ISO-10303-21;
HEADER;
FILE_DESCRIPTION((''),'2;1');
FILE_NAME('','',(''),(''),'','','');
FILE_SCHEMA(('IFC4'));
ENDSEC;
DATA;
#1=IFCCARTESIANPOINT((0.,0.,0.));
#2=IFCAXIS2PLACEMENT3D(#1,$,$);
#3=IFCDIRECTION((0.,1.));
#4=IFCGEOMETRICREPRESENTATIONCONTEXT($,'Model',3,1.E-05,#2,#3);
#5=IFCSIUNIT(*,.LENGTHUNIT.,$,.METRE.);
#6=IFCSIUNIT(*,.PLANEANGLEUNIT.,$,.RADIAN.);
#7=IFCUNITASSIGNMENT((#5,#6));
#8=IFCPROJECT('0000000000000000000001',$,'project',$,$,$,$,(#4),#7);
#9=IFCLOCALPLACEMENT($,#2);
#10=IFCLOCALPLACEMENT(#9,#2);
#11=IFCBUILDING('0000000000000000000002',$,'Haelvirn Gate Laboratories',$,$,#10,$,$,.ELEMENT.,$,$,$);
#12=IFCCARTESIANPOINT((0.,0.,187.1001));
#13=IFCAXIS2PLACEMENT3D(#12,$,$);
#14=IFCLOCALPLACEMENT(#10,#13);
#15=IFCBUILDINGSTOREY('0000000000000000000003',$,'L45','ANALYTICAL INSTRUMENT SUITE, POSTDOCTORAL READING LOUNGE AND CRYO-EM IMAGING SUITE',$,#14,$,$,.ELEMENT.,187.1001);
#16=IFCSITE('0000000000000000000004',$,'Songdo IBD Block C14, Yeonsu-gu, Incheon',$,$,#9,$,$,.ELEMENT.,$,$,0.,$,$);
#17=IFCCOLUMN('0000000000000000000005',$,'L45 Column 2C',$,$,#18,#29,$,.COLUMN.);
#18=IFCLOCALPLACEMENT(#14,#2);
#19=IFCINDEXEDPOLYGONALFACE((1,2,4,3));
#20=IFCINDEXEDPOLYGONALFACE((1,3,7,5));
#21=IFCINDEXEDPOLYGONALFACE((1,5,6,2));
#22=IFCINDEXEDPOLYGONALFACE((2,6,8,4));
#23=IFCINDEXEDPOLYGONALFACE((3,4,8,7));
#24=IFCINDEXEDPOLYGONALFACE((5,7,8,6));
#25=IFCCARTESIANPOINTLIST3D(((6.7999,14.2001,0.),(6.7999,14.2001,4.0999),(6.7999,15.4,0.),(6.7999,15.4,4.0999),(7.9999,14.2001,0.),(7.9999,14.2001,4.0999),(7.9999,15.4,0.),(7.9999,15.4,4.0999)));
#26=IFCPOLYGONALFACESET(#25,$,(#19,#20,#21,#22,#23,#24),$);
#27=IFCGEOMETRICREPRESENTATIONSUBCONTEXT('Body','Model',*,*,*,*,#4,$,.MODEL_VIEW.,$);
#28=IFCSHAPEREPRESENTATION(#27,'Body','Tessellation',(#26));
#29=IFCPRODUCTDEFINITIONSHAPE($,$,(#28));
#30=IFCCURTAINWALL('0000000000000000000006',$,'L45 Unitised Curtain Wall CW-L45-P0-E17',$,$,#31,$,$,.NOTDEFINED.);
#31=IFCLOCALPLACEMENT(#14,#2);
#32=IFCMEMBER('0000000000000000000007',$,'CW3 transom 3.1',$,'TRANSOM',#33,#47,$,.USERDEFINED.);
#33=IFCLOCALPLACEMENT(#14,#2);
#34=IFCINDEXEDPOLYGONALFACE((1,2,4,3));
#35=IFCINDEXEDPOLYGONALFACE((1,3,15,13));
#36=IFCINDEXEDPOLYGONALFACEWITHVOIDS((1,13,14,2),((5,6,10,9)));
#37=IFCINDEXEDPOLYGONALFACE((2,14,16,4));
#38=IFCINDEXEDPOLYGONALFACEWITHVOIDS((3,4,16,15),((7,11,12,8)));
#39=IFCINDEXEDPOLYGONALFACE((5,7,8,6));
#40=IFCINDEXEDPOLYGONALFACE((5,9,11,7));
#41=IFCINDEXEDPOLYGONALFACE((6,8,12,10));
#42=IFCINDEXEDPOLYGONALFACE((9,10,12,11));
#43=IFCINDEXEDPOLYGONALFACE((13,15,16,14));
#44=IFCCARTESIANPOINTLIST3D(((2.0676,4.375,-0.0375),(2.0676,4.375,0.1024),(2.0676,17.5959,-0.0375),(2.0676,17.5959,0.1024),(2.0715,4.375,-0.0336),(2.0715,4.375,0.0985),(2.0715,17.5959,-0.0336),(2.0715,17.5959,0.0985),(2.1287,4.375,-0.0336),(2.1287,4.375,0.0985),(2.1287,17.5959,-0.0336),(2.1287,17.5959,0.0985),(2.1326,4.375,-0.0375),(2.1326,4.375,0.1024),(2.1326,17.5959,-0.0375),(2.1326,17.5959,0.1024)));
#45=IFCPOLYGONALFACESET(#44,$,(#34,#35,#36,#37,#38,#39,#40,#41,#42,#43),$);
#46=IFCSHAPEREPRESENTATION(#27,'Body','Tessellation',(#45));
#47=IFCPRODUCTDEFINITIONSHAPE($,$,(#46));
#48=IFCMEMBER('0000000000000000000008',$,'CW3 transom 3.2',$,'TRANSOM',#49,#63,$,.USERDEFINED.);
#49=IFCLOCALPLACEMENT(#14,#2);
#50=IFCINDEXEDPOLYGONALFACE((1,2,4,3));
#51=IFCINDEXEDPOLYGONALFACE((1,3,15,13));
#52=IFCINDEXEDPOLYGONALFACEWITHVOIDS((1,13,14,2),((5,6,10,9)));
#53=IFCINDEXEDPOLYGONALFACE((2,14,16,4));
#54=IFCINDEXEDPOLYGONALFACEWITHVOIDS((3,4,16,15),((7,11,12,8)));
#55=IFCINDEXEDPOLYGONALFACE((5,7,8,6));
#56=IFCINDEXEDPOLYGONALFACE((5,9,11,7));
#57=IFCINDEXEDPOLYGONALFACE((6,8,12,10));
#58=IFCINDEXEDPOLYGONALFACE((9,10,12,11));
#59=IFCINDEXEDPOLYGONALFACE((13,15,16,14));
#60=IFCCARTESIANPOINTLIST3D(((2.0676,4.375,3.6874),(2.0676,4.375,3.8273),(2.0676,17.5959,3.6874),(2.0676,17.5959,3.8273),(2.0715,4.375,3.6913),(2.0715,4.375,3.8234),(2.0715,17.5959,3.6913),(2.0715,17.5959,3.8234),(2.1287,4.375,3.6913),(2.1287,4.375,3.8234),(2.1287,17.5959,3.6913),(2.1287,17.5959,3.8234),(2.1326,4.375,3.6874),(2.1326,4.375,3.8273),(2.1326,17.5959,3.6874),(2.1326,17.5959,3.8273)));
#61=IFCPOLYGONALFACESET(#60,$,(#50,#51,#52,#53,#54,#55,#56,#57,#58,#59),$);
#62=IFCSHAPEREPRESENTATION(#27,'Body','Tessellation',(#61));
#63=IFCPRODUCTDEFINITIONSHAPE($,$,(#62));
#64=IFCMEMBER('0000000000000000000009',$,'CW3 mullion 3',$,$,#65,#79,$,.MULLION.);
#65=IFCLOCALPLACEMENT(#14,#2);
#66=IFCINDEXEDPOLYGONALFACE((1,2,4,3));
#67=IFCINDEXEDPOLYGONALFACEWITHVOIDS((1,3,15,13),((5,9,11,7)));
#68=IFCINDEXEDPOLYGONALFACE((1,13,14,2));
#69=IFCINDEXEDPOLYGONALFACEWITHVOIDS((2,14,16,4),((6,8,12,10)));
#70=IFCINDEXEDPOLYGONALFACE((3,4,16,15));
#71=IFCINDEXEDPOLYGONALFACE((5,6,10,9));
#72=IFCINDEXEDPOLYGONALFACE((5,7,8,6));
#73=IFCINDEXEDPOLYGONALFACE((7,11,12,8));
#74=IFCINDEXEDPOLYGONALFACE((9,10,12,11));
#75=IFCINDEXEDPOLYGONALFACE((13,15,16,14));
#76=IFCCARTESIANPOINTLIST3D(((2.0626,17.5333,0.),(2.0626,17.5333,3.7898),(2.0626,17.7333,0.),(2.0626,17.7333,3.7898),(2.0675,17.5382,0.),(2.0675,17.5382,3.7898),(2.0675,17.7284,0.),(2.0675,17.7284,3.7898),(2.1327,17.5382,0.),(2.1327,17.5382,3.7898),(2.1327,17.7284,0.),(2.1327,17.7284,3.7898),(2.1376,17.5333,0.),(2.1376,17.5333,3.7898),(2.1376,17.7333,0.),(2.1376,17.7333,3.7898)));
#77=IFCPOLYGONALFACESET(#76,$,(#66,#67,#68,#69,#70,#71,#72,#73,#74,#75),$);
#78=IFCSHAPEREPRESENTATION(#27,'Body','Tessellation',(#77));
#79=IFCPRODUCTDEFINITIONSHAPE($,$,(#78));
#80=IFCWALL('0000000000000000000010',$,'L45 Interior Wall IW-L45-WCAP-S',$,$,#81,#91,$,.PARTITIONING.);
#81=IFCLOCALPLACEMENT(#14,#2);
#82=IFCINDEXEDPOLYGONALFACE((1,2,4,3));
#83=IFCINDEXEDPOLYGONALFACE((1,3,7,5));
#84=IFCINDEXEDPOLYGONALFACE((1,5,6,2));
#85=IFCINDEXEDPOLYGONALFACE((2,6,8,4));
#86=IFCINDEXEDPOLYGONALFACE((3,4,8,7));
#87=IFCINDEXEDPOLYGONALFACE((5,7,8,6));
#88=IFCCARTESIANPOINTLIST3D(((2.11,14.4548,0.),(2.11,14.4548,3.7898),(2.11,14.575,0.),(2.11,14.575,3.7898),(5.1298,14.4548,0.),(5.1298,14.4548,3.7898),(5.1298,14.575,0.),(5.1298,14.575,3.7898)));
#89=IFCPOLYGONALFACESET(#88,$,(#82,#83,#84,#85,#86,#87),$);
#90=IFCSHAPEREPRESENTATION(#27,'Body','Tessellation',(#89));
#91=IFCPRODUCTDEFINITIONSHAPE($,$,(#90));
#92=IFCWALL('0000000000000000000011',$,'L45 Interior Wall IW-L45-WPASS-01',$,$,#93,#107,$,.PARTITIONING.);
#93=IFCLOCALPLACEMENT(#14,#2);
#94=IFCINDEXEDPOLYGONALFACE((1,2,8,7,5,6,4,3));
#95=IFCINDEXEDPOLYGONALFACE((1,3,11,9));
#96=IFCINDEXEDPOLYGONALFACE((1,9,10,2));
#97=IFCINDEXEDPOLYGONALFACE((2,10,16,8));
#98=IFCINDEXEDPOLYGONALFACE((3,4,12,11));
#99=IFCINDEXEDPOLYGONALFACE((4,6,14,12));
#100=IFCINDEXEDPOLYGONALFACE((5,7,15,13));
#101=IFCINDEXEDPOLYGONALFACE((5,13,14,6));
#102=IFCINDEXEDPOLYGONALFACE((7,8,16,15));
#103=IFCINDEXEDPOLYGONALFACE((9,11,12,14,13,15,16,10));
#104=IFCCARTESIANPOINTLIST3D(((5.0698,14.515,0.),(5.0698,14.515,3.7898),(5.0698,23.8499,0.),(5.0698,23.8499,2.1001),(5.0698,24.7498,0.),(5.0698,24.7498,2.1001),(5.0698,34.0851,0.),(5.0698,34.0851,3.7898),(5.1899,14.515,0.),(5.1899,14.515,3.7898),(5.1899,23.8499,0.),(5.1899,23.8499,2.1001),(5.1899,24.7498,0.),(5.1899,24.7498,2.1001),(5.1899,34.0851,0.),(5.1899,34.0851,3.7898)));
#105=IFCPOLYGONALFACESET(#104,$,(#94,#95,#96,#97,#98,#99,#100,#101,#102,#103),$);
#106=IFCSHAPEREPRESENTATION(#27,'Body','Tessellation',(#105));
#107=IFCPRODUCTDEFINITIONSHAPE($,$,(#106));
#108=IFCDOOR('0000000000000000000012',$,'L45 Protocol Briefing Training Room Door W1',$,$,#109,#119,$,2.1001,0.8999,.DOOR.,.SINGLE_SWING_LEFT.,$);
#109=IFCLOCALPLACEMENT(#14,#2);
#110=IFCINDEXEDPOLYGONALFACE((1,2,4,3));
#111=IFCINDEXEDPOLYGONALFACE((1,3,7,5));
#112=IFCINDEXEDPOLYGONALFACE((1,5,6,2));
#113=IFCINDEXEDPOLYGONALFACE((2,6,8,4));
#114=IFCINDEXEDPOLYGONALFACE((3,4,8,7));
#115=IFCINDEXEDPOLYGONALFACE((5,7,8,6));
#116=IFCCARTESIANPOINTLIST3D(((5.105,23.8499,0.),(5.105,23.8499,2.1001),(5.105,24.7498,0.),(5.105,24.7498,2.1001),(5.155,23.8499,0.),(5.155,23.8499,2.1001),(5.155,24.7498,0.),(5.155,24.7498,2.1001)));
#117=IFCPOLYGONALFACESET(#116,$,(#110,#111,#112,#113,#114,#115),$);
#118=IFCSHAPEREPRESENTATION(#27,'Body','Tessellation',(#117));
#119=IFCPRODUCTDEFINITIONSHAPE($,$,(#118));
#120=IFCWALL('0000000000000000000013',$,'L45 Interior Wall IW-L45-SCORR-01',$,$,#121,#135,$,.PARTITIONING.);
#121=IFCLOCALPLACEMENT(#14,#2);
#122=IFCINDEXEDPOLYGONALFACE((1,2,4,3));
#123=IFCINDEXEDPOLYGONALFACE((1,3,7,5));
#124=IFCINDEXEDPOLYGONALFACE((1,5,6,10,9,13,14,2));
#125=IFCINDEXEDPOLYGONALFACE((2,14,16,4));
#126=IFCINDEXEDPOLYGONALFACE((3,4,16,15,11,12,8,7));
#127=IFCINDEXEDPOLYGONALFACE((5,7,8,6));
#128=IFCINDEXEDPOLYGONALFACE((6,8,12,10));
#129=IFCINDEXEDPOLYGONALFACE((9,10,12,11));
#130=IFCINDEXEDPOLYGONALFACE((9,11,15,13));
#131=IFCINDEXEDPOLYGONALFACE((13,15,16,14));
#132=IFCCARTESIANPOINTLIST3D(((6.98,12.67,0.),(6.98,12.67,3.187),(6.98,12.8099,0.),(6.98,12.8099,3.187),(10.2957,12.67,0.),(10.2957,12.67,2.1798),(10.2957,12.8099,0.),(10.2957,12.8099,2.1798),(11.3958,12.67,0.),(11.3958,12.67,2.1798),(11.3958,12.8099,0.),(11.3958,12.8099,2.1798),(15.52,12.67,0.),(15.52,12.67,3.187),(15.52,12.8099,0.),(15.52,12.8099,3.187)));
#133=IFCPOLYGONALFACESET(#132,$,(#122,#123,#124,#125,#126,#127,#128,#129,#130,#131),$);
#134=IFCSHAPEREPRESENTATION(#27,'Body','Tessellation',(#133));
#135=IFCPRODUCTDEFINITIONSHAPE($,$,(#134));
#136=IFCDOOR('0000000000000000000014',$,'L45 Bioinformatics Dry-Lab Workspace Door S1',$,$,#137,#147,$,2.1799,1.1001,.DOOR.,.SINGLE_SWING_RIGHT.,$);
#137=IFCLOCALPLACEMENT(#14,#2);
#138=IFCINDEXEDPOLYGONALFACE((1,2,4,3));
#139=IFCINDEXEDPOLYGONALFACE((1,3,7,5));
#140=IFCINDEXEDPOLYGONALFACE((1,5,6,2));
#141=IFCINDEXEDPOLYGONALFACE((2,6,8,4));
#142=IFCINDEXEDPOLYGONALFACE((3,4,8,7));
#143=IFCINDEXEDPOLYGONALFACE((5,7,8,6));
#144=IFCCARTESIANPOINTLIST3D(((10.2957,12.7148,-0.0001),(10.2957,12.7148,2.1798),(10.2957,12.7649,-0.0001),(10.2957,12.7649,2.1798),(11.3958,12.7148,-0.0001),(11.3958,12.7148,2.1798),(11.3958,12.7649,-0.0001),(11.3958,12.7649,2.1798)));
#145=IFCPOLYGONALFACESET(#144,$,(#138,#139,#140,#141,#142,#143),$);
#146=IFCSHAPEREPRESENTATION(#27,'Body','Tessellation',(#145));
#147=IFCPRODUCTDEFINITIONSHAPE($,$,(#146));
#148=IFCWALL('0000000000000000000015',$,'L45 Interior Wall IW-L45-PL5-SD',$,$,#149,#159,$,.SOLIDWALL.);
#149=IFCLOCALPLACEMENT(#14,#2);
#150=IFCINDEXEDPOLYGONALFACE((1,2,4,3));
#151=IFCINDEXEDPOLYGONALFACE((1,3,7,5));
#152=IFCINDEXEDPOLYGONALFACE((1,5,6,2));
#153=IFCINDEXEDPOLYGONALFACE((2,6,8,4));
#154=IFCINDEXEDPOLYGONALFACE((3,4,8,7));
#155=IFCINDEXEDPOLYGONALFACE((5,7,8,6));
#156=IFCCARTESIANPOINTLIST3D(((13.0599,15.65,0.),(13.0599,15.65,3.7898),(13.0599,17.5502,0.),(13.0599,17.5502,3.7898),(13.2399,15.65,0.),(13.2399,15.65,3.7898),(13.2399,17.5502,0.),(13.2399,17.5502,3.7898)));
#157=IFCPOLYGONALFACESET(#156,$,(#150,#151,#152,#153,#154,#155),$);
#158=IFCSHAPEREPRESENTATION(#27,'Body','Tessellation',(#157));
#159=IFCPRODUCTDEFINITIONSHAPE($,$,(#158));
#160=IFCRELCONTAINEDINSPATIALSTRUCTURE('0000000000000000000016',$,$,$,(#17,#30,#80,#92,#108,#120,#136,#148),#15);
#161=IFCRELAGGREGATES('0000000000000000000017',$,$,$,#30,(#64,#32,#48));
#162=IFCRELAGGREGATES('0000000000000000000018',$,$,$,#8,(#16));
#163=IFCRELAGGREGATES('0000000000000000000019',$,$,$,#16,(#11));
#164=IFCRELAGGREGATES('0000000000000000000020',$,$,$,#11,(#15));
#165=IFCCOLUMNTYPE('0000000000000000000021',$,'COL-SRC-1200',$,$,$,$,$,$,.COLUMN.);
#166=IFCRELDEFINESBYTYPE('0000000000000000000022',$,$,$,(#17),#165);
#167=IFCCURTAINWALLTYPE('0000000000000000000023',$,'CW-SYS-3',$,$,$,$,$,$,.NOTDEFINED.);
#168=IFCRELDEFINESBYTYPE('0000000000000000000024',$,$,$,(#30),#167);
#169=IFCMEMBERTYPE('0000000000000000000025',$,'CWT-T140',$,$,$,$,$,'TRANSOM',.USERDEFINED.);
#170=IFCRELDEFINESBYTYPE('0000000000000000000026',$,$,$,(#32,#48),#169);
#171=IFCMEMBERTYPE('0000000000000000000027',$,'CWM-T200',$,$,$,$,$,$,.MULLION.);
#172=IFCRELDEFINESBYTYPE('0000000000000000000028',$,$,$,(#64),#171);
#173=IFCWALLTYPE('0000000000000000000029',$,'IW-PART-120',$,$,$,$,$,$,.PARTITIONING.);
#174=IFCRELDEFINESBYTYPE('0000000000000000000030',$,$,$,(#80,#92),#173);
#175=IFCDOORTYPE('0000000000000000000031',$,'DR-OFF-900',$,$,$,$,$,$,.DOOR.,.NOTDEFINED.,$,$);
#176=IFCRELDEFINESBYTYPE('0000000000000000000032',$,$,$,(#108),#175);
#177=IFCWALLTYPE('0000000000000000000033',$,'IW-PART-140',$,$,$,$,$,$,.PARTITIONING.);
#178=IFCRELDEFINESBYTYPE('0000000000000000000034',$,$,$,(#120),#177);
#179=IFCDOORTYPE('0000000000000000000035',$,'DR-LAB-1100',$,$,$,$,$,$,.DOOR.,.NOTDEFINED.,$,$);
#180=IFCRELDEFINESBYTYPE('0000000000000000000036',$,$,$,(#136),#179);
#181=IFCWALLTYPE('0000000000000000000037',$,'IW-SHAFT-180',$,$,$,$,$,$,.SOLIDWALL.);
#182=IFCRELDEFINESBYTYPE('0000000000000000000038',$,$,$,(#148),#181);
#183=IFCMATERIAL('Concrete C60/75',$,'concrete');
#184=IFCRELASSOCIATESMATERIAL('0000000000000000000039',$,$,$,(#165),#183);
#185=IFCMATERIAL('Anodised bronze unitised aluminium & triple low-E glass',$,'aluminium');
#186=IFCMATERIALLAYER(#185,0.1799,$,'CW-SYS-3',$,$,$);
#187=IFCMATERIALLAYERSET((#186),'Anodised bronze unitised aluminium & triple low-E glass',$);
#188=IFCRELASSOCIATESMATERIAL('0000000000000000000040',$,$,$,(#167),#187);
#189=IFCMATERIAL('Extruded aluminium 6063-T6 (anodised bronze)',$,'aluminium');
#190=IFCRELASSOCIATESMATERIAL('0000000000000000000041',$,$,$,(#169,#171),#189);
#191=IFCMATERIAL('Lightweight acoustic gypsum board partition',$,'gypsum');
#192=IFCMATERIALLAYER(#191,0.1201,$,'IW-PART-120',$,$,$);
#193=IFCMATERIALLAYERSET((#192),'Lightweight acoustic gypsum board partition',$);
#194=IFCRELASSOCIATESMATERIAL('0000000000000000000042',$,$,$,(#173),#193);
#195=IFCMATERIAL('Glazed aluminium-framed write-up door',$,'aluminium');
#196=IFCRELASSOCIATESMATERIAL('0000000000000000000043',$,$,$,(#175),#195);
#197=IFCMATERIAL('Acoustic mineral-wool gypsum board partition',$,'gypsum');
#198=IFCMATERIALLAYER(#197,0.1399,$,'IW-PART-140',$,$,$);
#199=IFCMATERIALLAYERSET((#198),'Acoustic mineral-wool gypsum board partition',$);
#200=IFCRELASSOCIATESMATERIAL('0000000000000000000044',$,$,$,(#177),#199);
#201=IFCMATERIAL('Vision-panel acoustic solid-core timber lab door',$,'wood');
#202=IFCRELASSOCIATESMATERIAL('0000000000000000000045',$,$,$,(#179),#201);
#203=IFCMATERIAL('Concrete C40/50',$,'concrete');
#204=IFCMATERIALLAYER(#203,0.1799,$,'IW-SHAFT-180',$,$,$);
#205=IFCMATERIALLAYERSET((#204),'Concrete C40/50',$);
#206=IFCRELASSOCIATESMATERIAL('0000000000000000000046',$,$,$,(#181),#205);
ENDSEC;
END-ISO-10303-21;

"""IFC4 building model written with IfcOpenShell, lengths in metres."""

from ifc_helpers import new_model, si_unit, direction, frame, frame_2d, origin, origin_2d, place, context, subcontext, project, spatial, rectangle, hollow_rectangle, extrude, source, transform, mapped, material, layer, layer_set, material_profile, profile_set, type_object, type_shapes, element, fill, aggregate, save


model = new_model("IFC4")

# Units and contexts
model_context = context("Model", 3, precision=1e-05, world=origin(), true_north=direction((0.0, 1.0)))
body_context = subcontext(model_context, "Body", "Model", "MODEL_VIEW")
ifc_project = project(units=[si_unit("LENGTHUNIT", "METRE"), si_unit("PLANEANGLEUNIT", "RADIAN")], contexts=[model_context])

# Site, building, storey
site_placement = place(None, origin())
site = spatial("IfcSite", under=ifc_project, at=site_placement, Name="Songdo IBD Block C14, Yeonsu-gu, Incheon", CompositionType="ELEMENT", RefElevation=0.0)
building_placement = place(site_placement, origin())
building = spatial("IfcBuilding", under=site, at=building_placement, Name="Haelvirn Gate Laboratories", CompositionType="ELEMENT")
storey_placement = place(building_placement, frame((0.0, 0.0, 187.1001)))
storey = spatial("IfcBuildingStorey", under=building, at=storey_placement, Name="L45", Description="ANALYTICAL INSTRUMENT SUITE, POSTDOCTORAL READING LOUNGE AND CRYO-EM IMAGING SUITE", CompositionType="ELEMENT", Elevation=187.1001)

# Column
ifc_material_1 = material(Name="Concrete C60/75", Category="concrete")
ifc_material_profile_1 = material_profile(ifc_material_1, rectangle(XDim=1.2, YDim=1.2, at=origin_2d()), Name="SRC-1200x1200")
ifc_profile_set_1 = profile_set([ifc_material_profile_1], Name="Concrete C60/75")
column_type = type_object("IfcColumnType", Name="COL-SRC-1200", PredefinedType="COLUMN", material=ifc_profile_set_1)
shared_shape_1 = source(origin(), body_context, "Body", "SweptSolid", [
    extrude(rectangle(XDim=1.2, YDim=1.2, at=origin_2d()), origin(), (0.0, 0.0, 1.0), 4.0999),
])
type_shapes(column_type, [shared_shape_1])
column_placement = place(storey_placement, frame((7.3999, 14.8, 0.0), z_axis=(0.0, 0.0, 1.0), x_axis=(1.0, 0.0, 0.0)))
element("IfcColumn", 1, at=column_placement, inside=storey, type_object=column_type, Name="L45 Column 2C", PredefinedType="COLUMN", context=body_context, shape_type="MappedRepresentation", body=[
    mapped(shared_shape_1, transform((0.0, 0.0, 0.0), scale=1.0)),
])

# Curtain wall, members
ifc_material_2 = material(Name="Anodised bronze unitised aluminium & triple low-E glass", Category="aluminium")
ifc_layer_1 = layer(ifc_material_2, 0.1799, Name="CW-SYS-3")
ifc_layer_set_1 = layer_set([ifc_layer_1], Name="Anodised bronze unitised aluminium & triple low-E glass")
curtain_wall_type = type_object("IfcCurtainWallType", Name="CW-SYS-3", PredefinedType="NOTDEFINED", material=ifc_layer_set_1)
curtain_wall_placement = place(storey_placement, origin())
curtain_wall = element("IfcCurtainWall", 2, at=curtain_wall_placement, inside=storey, type_object=curtain_wall_type, Name="L45 Unitised Curtain Wall CW-L45-P0-E17", PredefinedType="NOTDEFINED")
ifc_material_3 = material(Name="Extruded aluminium 6063-T6 (anodised bronze)", Category="aluminium")
ifc_material_profile_2 = material_profile(ifc_material_3, hollow_rectangle(XDim=0.0649, YDim=0.1399, WallThickness=0.0039, at=origin_2d()), Name="CWT-140x65x4")
ifc_profile_set_2 = profile_set([ifc_material_profile_2], Name="Extruded aluminium 6063-T6 (anodised bronze)")
member_type_1 = type_object("IfcMemberType", Name="CWT-T140", ElementType="TRANSOM", PredefinedType="USERDEFINED", material=ifc_profile_set_2)
shared_shape_2 = source(origin(), body_context, "Body", "SweptSolid", [
    extrude(hollow_rectangle(XDim=0.0649, YDim=0.1399, WallThickness=0.0039, at=origin_2d()), origin(), (0.0, 0.0, 1.0), 13.2209),
])
type_shapes(member_type_1, [shared_shape_2])
member_1_placement = place(storey_placement, frame((2.1001, 17.5959, 0.0325), z_axis=(0.0, -1.0, 0.0), x_axis=(1.0, 0.0, 0.0)))
member_1 = element("IfcMember", 3, at=member_1_placement, type_object=member_type_1, Name="CW3 transom 3.1", ObjectType="TRANSOM", PredefinedType="USERDEFINED", context=body_context, shape_type="MappedRepresentation", body=[
    mapped(shared_shape_2, transform((0.0, 0.0, 0.0), scale=1.0)),
])
member_2_placement = place(storey_placement, frame((2.1001, 17.5959, 3.7573), z_axis=(0.0, -1.0, 0.0), x_axis=(1.0, 0.0, 0.0)))
member_2 = element("IfcMember", 4, at=member_2_placement, type_object=member_type_1, Name="CW3 transom 3.2", ObjectType="TRANSOM", PredefinedType="USERDEFINED", context=body_context, shape_type="MappedRepresentation", body=[
    mapped(shared_shape_2, transform((0.0, 0.0, 0.0), scale=1.0)),
])
ifc_material_profile_3 = material_profile(ifc_material_3, hollow_rectangle(XDim=0.075, YDim=0.2, WallThickness=0.0049, at=origin_2d()), Name="CWM-200x75x5")
ifc_profile_set_3 = profile_set([ifc_material_profile_3], Name="Extruded aluminium 6063-T6 (anodised bronze)")
member_type_2 = type_object("IfcMemberType", Name="CWM-T200", PredefinedType="MULLION", material=ifc_profile_set_3)
shared_shape_3 = source(origin(), body_context, "Body", "SweptSolid", [
    extrude(hollow_rectangle(XDim=0.075, YDim=0.2, WallThickness=0.0049, at=origin_2d()), origin(), (0.0, 0.0, 1.0), 3.7898),
])
type_shapes(member_type_2, [shared_shape_3])
member_3_placement = place(storey_placement, frame((2.1001, 17.6333, 0.0), z_axis=(0.0, 0.0, 1.0), x_axis=(1.0, 0.0, 0.0)))
member_3 = element("IfcMember", 5, at=member_3_placement, type_object=member_type_2, Name="CW3 mullion 3", PredefinedType="MULLION", context=body_context, shape_type="MappedRepresentation", body=[
    mapped(shared_shape_3, transform((0.0, 0.0, 0.0), scale=1.0)),
])
aggregate(curtain_wall, [member_3, member_1, member_2])

# Wall
ifc_material_4 = material(Name="Lightweight acoustic gypsum board partition", Category="gypsum")
ifc_layer_2 = layer(ifc_material_4, 0.1201, Name="IW-PART-120")
ifc_layer_set_2 = layer_set([ifc_layer_2], Name="Lightweight acoustic gypsum board partition")
wall_type_1 = type_object("IfcWallType", Name="IW-PART-120", PredefinedType="PARTITIONING", material=ifc_layer_set_2)
wall_1_placement = place(storey_placement, frame((2.1101, 14.5149, 0.0), z_axis=(0.0, 0.0, 1.0), x_axis=(1.0, 0.0, 0.0)))
element("IfcWall", 6, at=wall_1_placement, inside=storey, type_object=wall_type_1, Name="L45 Interior Wall IW-L45-WCAP-S", PredefinedType="PARTITIONING", context=body_context, shape_type="SweptSolid", body=[
    extrude(rectangle(XDim=3.0198, YDim=0.1201, at=frame_2d((1.5098, 0.0))), origin(), (0.0, 0.0, 1.0), 3.7898),
])

# Walls, openings, doors
wall_2_placement = place(storey_placement, frame((5.1299, 14.5149, 0.0), z_axis=(0.0, 0.0, 1.0), x_axis=(0.0, 1.0, 0.0)))
wall_2 = element("IfcWall", 7, at=wall_2_placement, inside=storey, type_object=wall_type_1, Name="L45 Interior Wall IW-L45-WPASS-01", PredefinedType="PARTITIONING", context=body_context, shape_type="SweptSolid", body=[
    extrude(rectangle(XDim=19.5701, YDim=0.1201, at=frame_2d((9.7852, 0.0))), origin(), (0.0, 0.0, 1.0), 3.7898),
])
opening_1_placement = place(wall_2_placement, frame((9.335, 0.0, 0.0)))
opening_1 = element("IfcOpeningElement", 8, at=opening_1_placement, cuts=wall_2, PredefinedType="OPENING", context=body_context, shape_type="SweptSolid", body=[
    extrude(rectangle(XDim=0.8999, YDim=2.1001, at=frame_2d((0.45, 1.05))), frame((0.0, 0.0701, 0.0), z_axis=(0.0, -1.0, 0.0), x_axis=(1.0, 0.0, 0.0)), (0.0, 0.0, 1.0), 0.1401),
])
ifc_material_5 = material(Name="Glazed aluminium-framed write-up door", Category="aluminium")
door_type_1 = type_object("IfcDoorType", Name="DR-OFF-900", OperationType="NOTDEFINED", PredefinedType="DOOR", material=ifc_material_5)
shared_shape_4 = source(origin(), body_context, "Body", "SweptSolid", [
    extrude(rectangle(XDim=0.8999, YDim=2.1001, at=frame_2d((0.45, 1.05))), frame((0.0, 0.0249, 0.0), z_axis=(0.0, -1.0, 0.0), x_axis=(1.0, 0.0, 0.0)), (0.0, 0.0, 1.0), 0.05),
])
type_shapes(door_type_1, [shared_shape_4])
door_1_placement = place(opening_1_placement, origin())
door_1 = element("IfcDoor", 9, at=door_1_placement, inside=storey, type_object=door_type_1, Name="L45 Protocol Briefing Training Room Door W1", OperationType="SINGLE_SWING_LEFT", OverallHeight=2.1001, OverallWidth=0.8999, PredefinedType="DOOR", context=body_context, shape_type="MappedRepresentation", body=[
    mapped(shared_shape_4, transform((0.0, 0.0, 0.0), scale=1.0)),
])
fill(opening_1, door_1)
ifc_material_6 = material(Name="Acoustic mineral-wool gypsum board partition", Category="gypsum")
ifc_layer_3 = layer(ifc_material_6, 0.1399, Name="IW-PART-140")
ifc_layer_set_3 = layer_set([ifc_layer_3], Name="Acoustic mineral-wool gypsum board partition")
wall_type_2 = type_object("IfcWallType", Name="IW-PART-140", PredefinedType="PARTITIONING", material=ifc_layer_set_3)
wall_3_placement = place(storey_placement, frame((6.98, 12.74, 0.0), z_axis=(0.0, 0.0, 1.0), x_axis=(1.0, 0.0, 0.0)))
wall_3 = element("IfcWall", 10, at=wall_3_placement, inside=storey, type_object=wall_type_2, Name="L45 Interior Wall IW-L45-SCORR-01", PredefinedType="PARTITIONING", context=body_context, shape_type="SweptSolid", body=[
    extrude(rectangle(XDim=8.54, YDim=0.1399, at=frame_2d((4.27, 0.0))), origin(), (0.0, 0.0, 1.0), 3.187),
])
opening_2_placement = place(wall_3_placement, frame((3.3157, 0.0, 0.0)))
opening_2 = element("IfcOpeningElement", 11, at=opening_2_placement, cuts=wall_3, PredefinedType="OPENING", context=body_context, shape_type="SweptSolid", body=[
    extrude(rectangle(XDim=1.1001, YDim=2.1799, at=frame_2d((0.55, 1.0898))), frame((0.0, 0.0801, 0.0), z_axis=(0.0, -1.0, 0.0), x_axis=(1.0, 0.0, 0.0)), (0.0, 0.0, 1.0), 0.1599),
])
ifc_material_7 = material(Name="Vision-panel acoustic solid-core timber lab door", Category="wood")
door_type_2 = type_object("IfcDoorType", Name="DR-LAB-1100", OperationType="NOTDEFINED", PredefinedType="DOOR", material=ifc_material_7)
shared_shape_5 = source(origin(), body_context, "Body", "SweptSolid", [
    extrude(rectangle(XDim=1.1001, YDim=2.1799, at=frame_2d((0.55, 1.0898))), frame((0.0, 0.0249, 0.0), z_axis=(0.0, -1.0, 0.0), x_axis=(1.0, 0.0, 0.0)), (0.0, 0.0, 1.0), 0.05),
])
type_shapes(door_type_2, [shared_shape_5])
door_2_placement = place(opening_2_placement, origin())
door_2 = element("IfcDoor", 12, at=door_2_placement, inside=storey, type_object=door_type_2, Name="L45 Bioinformatics Dry-Lab Workspace Door S1", OperationType="SINGLE_SWING_RIGHT", OverallHeight=2.1799, OverallWidth=1.1001, PredefinedType="DOOR", context=body_context, shape_type="MappedRepresentation", body=[
    mapped(shared_shape_5, transform((0.0, 0.0, 0.0), scale=1.0)),
])
fill(opening_2, door_2)

# Wall
ifc_material_8 = material(Name="Concrete C40/50", Category="concrete")
ifc_layer_4 = layer(ifc_material_8, 0.1799, Name="IW-SHAFT-180")
ifc_layer_set_4 = layer_set([ifc_layer_4], Name="Concrete C40/50")
wall_type_3 = type_object("IfcWallType", Name="IW-SHAFT-180", PredefinedType="SOLIDWALL", material=ifc_layer_set_4)
wall_4_placement = place(storey_placement, frame((13.1499, 15.6499, 0.0), z_axis=(0.0, 0.0, 1.0), x_axis=(0.0, 1.0, 0.0)))
element("IfcWall", 13, at=wall_4_placement, inside=storey, type_object=wall_type_3, Name="L45 Interior Wall IW-L45-PL5-SD", PredefinedType="SOLIDWALL", context=body_context, shape_type="SweptSolid", body=[
    extrude(rectangle(XDim=1.9001, YDim=0.1799, at=frame_2d((0.9502, 0.0))), origin(), (0.0, 0.0, 1.0), 3.7898),
])

save(model, "model.ifc")
